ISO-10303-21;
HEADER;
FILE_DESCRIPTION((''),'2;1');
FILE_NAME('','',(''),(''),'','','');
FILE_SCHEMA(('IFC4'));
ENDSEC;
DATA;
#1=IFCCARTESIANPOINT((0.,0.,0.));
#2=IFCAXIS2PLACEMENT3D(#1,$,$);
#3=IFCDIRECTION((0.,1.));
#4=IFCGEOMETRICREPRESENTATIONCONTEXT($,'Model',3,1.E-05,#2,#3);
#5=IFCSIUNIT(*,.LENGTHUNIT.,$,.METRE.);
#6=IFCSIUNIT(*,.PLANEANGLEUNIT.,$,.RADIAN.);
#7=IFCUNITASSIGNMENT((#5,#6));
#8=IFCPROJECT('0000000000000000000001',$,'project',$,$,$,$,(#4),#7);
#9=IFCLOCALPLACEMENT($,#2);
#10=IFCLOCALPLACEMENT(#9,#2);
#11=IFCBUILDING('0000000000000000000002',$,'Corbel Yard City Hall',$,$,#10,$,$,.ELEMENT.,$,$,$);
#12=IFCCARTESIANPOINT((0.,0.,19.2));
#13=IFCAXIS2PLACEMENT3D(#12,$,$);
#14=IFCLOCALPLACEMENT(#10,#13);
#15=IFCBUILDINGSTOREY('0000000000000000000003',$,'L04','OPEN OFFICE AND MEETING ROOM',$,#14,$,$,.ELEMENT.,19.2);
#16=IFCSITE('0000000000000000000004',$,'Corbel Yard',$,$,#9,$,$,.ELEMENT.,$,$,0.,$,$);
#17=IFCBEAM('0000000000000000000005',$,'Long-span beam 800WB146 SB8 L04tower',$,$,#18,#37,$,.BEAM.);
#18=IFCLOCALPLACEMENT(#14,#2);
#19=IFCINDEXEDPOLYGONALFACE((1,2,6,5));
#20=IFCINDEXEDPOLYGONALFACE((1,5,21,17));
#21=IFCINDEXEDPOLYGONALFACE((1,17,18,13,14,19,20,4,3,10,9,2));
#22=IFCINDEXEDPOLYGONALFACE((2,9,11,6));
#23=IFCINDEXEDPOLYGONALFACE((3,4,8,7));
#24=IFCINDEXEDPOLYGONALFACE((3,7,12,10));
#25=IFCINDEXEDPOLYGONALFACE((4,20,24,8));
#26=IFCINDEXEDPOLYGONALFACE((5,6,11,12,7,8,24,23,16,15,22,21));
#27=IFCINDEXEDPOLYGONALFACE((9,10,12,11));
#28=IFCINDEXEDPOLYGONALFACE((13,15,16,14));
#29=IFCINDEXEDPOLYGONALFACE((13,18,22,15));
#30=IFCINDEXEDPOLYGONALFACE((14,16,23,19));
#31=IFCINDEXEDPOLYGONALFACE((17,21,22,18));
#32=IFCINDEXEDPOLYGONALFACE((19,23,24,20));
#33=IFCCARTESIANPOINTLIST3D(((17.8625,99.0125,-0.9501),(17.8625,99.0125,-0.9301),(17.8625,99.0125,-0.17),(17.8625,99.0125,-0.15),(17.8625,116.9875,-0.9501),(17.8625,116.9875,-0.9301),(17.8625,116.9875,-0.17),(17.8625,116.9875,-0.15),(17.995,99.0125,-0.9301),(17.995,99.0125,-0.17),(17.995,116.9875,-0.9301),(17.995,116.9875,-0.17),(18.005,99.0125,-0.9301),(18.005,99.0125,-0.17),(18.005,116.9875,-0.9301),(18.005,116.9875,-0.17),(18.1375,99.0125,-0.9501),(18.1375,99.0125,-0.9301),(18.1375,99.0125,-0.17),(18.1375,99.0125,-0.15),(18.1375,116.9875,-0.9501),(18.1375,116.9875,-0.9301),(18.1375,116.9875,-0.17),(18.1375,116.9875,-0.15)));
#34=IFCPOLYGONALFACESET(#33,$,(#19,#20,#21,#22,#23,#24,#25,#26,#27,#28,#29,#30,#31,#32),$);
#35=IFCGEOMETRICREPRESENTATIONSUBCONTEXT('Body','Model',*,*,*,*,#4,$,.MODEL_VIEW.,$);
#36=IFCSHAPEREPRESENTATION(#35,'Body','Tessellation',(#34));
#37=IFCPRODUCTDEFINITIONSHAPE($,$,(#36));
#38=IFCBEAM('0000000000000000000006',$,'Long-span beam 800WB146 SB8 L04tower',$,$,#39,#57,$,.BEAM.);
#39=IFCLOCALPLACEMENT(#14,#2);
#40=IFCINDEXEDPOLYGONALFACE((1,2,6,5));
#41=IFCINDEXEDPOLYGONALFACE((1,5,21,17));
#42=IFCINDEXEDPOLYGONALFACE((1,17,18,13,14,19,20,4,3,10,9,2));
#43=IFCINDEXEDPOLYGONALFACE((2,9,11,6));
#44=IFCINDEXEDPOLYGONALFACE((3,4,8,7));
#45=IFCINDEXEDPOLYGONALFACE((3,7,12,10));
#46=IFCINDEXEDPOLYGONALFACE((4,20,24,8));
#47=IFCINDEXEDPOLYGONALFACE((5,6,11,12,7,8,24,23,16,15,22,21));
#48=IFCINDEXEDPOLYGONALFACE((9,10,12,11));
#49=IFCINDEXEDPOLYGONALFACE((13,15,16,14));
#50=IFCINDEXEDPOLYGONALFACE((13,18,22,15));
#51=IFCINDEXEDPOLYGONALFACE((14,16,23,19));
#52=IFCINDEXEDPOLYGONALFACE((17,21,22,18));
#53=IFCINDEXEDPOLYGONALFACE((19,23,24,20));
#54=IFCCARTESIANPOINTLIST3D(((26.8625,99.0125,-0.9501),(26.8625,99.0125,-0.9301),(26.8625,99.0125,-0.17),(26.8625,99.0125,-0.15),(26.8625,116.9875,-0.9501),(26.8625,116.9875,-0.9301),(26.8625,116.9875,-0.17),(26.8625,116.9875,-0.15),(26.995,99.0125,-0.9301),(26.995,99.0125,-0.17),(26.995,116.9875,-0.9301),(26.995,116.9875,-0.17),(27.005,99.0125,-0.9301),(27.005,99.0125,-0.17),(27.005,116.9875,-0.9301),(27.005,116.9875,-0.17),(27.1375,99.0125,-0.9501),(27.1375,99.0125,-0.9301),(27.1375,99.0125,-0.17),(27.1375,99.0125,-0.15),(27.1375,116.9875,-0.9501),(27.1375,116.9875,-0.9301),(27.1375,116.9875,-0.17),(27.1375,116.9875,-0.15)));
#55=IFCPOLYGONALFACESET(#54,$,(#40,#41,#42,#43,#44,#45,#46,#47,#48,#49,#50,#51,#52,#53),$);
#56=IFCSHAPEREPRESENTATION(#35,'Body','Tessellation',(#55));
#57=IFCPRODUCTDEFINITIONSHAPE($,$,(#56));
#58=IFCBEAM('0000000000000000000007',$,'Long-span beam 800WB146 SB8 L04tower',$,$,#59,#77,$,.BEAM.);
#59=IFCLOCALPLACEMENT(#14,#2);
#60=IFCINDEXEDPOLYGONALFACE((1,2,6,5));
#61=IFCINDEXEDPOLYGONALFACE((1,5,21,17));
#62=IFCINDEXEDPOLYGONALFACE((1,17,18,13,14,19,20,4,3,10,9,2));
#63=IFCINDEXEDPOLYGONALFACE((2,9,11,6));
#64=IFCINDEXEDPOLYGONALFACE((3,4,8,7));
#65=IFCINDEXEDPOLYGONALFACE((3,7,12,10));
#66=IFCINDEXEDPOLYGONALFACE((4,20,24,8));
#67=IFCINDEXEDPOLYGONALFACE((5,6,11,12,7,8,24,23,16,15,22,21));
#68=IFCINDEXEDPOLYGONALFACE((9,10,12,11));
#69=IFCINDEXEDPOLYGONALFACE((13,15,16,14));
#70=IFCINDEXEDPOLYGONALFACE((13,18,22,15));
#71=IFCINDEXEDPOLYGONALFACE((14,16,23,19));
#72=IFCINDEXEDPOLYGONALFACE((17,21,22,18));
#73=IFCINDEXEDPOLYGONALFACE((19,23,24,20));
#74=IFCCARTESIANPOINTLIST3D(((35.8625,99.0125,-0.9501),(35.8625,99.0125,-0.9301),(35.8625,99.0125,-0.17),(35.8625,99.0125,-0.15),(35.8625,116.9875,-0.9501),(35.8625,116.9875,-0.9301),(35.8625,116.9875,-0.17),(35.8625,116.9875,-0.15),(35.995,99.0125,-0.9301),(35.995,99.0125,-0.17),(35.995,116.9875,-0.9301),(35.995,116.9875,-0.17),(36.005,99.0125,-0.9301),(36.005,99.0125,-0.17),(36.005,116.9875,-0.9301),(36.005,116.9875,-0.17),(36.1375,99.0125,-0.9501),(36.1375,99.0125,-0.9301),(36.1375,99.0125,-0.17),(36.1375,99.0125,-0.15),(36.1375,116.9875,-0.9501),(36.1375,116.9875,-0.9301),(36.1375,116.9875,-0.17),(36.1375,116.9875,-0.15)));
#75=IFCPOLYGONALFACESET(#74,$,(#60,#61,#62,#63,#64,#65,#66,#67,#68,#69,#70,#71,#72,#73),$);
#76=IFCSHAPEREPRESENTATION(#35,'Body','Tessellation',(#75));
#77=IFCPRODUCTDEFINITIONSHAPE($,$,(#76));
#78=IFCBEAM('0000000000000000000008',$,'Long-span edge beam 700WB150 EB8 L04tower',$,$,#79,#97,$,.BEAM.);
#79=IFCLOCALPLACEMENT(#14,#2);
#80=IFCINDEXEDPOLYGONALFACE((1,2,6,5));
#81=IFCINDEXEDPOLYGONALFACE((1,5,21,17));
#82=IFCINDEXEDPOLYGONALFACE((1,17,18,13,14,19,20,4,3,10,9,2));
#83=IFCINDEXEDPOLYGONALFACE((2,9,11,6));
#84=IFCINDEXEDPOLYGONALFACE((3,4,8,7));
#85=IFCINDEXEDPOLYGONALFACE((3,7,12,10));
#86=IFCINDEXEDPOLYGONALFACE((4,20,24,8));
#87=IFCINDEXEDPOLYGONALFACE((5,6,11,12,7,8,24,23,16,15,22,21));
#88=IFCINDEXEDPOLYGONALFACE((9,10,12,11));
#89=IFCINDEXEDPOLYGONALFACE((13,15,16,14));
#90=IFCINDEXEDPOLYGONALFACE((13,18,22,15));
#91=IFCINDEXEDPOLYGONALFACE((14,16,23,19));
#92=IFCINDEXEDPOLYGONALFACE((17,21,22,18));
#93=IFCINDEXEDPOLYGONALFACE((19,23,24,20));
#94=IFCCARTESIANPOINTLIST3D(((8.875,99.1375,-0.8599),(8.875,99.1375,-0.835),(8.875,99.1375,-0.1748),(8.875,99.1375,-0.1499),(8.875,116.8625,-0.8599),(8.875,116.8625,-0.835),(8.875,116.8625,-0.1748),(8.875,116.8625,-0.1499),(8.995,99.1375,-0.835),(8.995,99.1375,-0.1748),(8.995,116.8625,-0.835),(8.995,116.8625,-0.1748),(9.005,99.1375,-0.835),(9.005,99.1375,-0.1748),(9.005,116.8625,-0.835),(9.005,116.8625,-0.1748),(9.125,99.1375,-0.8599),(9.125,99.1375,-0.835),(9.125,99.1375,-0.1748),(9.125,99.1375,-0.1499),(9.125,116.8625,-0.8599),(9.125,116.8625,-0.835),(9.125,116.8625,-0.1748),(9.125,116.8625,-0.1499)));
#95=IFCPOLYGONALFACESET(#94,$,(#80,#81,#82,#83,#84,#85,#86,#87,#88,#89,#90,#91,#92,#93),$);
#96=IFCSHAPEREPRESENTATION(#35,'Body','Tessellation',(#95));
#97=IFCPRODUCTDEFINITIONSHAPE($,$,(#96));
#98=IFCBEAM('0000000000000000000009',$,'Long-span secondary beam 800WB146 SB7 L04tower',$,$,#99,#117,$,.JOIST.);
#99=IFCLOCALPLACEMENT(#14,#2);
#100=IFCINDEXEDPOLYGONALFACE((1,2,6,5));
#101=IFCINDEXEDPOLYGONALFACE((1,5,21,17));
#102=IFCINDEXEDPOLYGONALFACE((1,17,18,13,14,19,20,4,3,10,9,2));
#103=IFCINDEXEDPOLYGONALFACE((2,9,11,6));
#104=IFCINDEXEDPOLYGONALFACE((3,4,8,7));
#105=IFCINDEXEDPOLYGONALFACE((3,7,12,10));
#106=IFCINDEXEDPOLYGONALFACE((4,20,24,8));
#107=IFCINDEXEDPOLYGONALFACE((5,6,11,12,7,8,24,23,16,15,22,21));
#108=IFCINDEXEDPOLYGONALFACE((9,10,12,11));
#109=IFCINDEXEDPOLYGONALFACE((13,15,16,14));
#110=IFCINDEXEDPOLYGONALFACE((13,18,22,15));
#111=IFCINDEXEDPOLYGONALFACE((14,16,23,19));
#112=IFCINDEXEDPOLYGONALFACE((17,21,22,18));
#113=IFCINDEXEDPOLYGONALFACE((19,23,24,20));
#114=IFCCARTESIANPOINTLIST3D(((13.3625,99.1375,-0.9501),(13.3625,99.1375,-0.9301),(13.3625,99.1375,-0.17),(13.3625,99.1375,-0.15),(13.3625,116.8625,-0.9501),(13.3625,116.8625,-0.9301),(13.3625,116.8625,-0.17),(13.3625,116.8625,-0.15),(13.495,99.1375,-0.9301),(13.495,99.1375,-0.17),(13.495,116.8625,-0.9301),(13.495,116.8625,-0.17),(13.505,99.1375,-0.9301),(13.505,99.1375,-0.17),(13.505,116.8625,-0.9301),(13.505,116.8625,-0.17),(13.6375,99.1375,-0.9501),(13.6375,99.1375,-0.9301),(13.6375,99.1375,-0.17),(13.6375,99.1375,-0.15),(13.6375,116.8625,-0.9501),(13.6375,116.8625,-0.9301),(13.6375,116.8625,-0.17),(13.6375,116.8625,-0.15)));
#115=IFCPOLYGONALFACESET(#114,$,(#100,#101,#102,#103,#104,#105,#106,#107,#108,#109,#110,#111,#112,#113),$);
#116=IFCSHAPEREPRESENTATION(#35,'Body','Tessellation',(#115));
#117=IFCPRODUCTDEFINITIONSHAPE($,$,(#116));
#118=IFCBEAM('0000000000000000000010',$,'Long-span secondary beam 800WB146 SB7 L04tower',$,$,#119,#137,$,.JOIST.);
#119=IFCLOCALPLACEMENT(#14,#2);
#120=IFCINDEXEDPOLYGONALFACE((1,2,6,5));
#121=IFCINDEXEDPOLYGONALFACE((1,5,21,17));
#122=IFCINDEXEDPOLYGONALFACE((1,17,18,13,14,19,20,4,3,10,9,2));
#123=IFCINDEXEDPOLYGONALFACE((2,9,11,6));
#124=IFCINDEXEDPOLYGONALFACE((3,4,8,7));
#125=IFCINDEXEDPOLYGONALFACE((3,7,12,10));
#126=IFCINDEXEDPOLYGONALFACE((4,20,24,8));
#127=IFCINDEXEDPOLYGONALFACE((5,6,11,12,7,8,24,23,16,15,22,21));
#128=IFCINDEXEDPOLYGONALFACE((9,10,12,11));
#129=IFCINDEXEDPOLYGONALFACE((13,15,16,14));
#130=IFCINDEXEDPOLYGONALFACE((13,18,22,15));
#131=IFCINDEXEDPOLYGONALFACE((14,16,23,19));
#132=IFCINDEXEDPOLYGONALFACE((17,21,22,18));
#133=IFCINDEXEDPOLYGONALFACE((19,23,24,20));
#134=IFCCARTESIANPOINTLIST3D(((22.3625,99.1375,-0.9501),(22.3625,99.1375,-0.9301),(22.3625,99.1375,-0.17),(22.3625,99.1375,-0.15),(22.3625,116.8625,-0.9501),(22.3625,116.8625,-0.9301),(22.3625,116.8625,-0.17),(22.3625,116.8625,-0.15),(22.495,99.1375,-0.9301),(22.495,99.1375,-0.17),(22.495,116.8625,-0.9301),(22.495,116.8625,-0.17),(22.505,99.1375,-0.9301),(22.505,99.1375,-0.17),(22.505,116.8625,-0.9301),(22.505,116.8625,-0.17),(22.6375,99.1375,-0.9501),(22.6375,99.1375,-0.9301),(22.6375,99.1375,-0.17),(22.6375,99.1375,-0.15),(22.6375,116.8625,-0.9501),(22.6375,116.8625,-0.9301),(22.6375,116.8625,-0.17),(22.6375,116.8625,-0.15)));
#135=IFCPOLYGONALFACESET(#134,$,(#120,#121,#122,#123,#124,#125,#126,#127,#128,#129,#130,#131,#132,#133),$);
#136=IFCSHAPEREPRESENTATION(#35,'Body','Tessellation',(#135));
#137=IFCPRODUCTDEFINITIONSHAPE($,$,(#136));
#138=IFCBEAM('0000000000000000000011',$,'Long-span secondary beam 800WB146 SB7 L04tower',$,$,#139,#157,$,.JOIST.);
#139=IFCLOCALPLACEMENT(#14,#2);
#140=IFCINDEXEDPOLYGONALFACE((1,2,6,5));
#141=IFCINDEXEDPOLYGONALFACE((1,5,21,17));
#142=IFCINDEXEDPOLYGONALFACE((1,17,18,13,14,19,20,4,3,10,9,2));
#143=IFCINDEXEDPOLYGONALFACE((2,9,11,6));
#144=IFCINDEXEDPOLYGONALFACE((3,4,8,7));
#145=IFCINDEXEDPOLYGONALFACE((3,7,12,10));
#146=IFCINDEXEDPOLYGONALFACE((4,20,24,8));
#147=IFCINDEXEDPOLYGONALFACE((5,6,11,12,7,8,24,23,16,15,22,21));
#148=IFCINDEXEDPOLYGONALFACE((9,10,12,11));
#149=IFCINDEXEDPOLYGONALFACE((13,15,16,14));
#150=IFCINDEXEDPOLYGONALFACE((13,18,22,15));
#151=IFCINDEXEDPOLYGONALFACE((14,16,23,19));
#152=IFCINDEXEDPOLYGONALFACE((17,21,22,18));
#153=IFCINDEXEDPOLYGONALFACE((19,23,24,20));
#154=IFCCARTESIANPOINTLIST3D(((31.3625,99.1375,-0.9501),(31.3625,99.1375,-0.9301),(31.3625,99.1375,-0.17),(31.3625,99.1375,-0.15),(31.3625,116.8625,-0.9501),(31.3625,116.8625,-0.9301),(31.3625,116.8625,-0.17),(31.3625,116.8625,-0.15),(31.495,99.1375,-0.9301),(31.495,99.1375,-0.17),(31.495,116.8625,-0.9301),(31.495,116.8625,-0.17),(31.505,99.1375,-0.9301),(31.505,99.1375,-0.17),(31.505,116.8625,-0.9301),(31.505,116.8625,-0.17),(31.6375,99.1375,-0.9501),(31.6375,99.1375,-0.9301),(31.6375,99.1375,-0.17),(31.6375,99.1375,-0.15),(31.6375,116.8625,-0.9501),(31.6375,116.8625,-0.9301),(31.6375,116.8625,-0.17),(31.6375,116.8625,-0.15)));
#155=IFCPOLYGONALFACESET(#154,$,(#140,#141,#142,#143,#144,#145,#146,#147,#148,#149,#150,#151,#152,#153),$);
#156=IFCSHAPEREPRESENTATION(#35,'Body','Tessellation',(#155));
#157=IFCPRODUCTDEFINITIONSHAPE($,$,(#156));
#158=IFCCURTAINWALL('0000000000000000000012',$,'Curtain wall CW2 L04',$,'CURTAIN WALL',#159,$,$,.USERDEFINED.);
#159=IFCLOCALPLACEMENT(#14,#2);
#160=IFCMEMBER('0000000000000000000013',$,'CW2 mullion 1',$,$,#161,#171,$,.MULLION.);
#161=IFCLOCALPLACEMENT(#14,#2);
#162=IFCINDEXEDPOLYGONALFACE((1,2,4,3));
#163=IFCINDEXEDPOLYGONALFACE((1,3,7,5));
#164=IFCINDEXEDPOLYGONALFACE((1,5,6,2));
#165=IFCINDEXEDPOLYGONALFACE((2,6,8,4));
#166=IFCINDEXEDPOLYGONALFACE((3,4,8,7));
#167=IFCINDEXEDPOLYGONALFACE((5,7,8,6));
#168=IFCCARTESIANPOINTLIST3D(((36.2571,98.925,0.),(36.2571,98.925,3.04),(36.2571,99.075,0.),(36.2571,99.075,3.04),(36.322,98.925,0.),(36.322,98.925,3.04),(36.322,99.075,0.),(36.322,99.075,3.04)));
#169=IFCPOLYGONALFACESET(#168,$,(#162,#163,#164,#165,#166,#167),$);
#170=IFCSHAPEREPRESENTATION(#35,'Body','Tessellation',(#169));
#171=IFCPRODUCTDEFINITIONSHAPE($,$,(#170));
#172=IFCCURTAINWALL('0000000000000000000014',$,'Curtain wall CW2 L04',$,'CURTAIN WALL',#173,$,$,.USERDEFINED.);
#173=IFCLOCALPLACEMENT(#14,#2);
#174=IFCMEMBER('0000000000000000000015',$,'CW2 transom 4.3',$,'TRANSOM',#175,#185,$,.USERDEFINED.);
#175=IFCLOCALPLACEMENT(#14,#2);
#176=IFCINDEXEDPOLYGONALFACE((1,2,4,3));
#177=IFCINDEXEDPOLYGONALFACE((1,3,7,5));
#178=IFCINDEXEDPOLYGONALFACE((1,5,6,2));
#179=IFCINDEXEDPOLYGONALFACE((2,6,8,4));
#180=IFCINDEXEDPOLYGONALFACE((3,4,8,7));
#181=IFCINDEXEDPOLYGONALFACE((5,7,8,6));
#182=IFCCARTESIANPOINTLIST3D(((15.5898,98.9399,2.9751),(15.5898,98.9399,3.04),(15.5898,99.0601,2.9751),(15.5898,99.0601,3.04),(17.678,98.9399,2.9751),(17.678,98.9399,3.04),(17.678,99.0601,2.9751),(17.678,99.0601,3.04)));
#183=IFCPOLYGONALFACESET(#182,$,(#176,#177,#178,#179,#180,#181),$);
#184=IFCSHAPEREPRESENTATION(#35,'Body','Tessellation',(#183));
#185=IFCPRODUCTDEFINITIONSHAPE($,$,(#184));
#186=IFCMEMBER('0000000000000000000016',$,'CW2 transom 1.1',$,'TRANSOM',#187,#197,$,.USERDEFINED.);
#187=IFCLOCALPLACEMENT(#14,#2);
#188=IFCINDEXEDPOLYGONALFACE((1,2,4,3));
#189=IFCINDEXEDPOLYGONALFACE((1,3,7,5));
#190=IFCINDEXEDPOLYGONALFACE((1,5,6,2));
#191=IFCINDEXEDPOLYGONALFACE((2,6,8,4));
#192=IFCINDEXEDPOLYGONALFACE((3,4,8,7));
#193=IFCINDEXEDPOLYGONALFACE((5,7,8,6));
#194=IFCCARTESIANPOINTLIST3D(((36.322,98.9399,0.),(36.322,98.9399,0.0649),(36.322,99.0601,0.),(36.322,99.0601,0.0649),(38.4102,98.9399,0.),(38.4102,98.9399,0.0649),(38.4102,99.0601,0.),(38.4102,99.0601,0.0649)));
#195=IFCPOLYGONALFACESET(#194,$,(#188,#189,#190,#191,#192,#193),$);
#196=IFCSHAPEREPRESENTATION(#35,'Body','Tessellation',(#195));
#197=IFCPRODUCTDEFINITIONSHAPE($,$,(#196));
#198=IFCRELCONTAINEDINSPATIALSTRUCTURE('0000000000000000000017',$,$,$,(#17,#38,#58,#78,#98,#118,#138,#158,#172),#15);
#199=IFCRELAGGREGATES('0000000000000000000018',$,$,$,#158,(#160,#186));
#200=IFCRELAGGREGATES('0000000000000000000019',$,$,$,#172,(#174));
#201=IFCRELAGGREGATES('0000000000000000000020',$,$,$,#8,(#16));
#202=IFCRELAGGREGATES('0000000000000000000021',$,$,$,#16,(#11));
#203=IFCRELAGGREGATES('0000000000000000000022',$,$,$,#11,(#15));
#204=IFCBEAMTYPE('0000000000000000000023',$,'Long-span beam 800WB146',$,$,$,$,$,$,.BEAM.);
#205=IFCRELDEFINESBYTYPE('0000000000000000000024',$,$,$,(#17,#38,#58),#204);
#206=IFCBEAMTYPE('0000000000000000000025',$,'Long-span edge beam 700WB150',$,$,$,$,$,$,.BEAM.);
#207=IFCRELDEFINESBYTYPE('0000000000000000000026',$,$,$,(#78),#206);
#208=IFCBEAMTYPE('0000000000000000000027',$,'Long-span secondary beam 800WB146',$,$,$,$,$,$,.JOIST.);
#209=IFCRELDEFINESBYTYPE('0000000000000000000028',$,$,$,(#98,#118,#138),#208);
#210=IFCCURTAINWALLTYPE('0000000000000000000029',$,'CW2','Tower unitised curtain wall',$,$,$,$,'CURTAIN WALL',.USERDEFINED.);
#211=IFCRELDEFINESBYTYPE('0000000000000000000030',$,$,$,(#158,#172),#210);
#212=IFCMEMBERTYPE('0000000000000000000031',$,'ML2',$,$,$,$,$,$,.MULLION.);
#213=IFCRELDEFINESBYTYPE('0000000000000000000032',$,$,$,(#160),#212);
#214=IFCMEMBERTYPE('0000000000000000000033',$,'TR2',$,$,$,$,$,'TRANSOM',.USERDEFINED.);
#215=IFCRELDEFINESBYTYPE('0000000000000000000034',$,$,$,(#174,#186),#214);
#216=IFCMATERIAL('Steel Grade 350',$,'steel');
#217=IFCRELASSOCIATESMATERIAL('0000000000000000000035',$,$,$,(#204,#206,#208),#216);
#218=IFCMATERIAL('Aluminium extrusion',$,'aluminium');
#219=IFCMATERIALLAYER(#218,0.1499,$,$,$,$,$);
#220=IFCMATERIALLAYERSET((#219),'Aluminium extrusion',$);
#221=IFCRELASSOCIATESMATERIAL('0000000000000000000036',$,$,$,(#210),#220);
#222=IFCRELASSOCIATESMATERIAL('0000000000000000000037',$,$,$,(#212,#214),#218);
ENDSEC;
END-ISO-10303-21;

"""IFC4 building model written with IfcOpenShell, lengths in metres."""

from ifc_helpers import new_model, si_unit, direction, frame, origin, origin_2d, place, context, subcontext, project, spatial, rectangle, i_section, extrude, material, layer, layer_set, material_profile, profile_set, type_object, element, aggregate, save


model = new_model("IFC4")

# Units and contexts
model_context = context("Model", 3, precision=1e-05, world=origin(), true_north=direction((0.0, 1.0)))
body_context = subcontext(model_context, "Body", "Model", "MODEL_VIEW")
ifc_project = project(units=[si_unit("LENGTHUNIT", "METRE"), si_unit("PLANEANGLEUNIT", "RADIAN")], contexts=[model_context])

# Site, building, storey
site_placement = place(None, origin())
site = spatial("IfcSite", under=ifc_project, at=site_placement, Name="Corbel Yard", CompositionType="ELEMENT", RefElevation=0.0)
building_placement = place(site_placement, origin())
building = spatial("IfcBuilding", under=site, at=building_placement, Name="Corbel Yard City Hall", CompositionType="ELEMENT")
storey_placement = place(building_placement, frame((0.0, 0.0, 19.2)))
storey = spatial("IfcBuildingStorey", under=building, at=storey_placement, Name="L04", Description="OPEN OFFICE AND MEETING ROOM", CompositionType="ELEMENT", Elevation=19.2)

# Beams
ifc_material_1 = material(Name="Steel Grade 350", Category="steel")
ifc_material_profile_1 = material_profile(ifc_material_1, i_section(OverallWidth=0.2749, OverallDepth=0.8, WebThickness=0.01, FlangeThickness=0.02, at=origin_2d()), Name="800WB146")
ifc_profile_set_1 = profile_set([ifc_material_profile_1], Name="Steel Grade 350")
beam_type_1 = type_object("IfcBeamType", Name="Long-span beam 800WB146", PredefinedType="BEAM", material=ifc_profile_set_1)
for number, where, z_axis, x_axis, name in (
    (1, (18.0, 99.0125, -0.55), (0.0, 1.0, 0.0), (-1.0, 0.0, 0.0), "Long-span beam 800WB146 SB8 L04tower"),
    (2, (27.0, 99.0125, -0.55), (0.0, 1.0, 0.0), (-1.0, 0.0, 0.0), "Long-span beam 800WB146 SB8 L04tower"),
    (3, (36.0, 99.0125, -0.55), (0.0, 1.0, 0.0), (-1.0, 0.0, 0.0), "Long-span beam 800WB146 SB8 L04tower"),
):
    element("IfcBeam", number, at=place(storey_placement, frame(where, z_axis=z_axis, x_axis=x_axis)), inside=storey, type_object=beam_type_1, Name=name, PredefinedType="BEAM", context=body_context, shape_type="SweptSolid", body=[
        extrude(i_section(OverallWidth=0.2749, OverallDepth=0.8, WebThickness=0.01, FlangeThickness=0.02, at=origin_2d()), origin(), (0.0, 0.0, 1.0), 17.9751),
    ])
ifc_material_profile_2 = material_profile(ifc_material_1, i_section(OverallWidth=0.25, OverallDepth=0.71, WebThickness=0.01, FlangeThickness=0.0249, at=origin_2d()), Name="700WB150")
ifc_profile_set_2 = profile_set([ifc_material_profile_2], Name="Steel Grade 350")
beam_type_2 = type_object("IfcBeamType", Name="Long-span edge beam 700WB150", PredefinedType="BEAM", material=ifc_profile_set_2)
beam_placement = place(storey_placement, frame((9.0, 99.1375, -0.5049), z_axis=(0.0, 1.0, 0.0), x_axis=(-1.0, 0.0, 0.0)))
element("IfcBeam", 4, at=beam_placement, inside=storey, type_object=beam_type_2, Name="Long-span edge beam 700WB150 EB8 L04tower", PredefinedType="BEAM", context=body_context, shape_type="SweptSolid", body=[
    extrude(i_section(OverallWidth=0.25, OverallDepth=0.71, WebThickness=0.01, FlangeThickness=0.0249, at=origin_2d()), origin(), (0.0, 0.0, 1.0), 17.7251),
])
ifc_material_profile_3 = material_profile(ifc_material_1, i_section(OverallWidth=0.2749, OverallDepth=0.8, WebThickness=0.01, FlangeThickness=0.02, at=origin_2d()), Name="800WB146")
ifc_profile_set_3 = profile_set([ifc_material_profile_3], Name="Steel Grade 350")
beam_type_3 = type_object("IfcBeamType", Name="Long-span secondary beam 800WB146", PredefinedType="JOIST", material=ifc_profile_set_3)
for number, where, z_axis, x_axis, name in (
    (5, (13.5, 99.1375, -0.55), (0.0, 1.0, 0.0), (-1.0, 0.0, 0.0), "Long-span secondary beam 800WB146 SB7 L04tower"),
    (6, (22.5, 99.1375, -0.55), (0.0, 1.0, 0.0), (-1.0, 0.0, 0.0), "Long-span secondary beam 800WB146 SB7 L04tower"),
    (7, (31.5, 99.1375, -0.55), (0.0, 1.0, 0.0), (-1.0, 0.0, 0.0), "Long-span secondary beam 800WB146 SB7 L04tower"),
):
    element("IfcBeam", number, at=place(storey_placement, frame(where, z_axis=z_axis, x_axis=x_axis)), inside=storey, type_object=beam_type_3, Name=name, PredefinedType="JOIST", context=body_context, shape_type="SweptSolid", body=[
        extrude(i_section(OverallWidth=0.2749, OverallDepth=0.8, WebThickness=0.01, FlangeThickness=0.02, at=origin_2d()), origin(), (0.0, 0.0, 1.0), 17.7251),
    ])

# Curtain walls, members
ifc_material_2 = material(Name="Aluminium extrusion", Category="aluminium")
ifc_layer_1 = layer(ifc_material_2, 0.1499)
ifc_layer_set_1 = layer_set([ifc_layer_1], Name="Aluminium extrusion")
curtain_wall_type = type_object("IfcCurtainWallType", Name="CW2", Description="Tower unitised curtain wall", ElementType="CURTAIN WALL", PredefinedType="USERDEFINED", material=ifc_layer_set_1)
curtain_wall_1_placement = place(storey_placement, origin())
curtain_wall_1 = element("IfcCurtainWall", 8, at=curtain_wall_1_placement, inside=storey, type_object=curtain_wall_type, Name="Curtain wall CW2 L04", ObjectType="CURTAIN WALL", PredefinedType="USERDEFINED")
ifc_material_profile_4 = material_profile(ifc_material_2, rectangle(XDim=0.1499, YDim=0.0649, at=origin_2d()), Name="150x65")
ifc_profile_set_4 = profile_set([ifc_material_profile_4], Name="Aluminium extrusion")
member_type_1 = type_object("IfcMemberType", Name="ML2", PredefinedType="MULLION", material=ifc_profile_set_4)
member_1_placement = place(storey_placement, frame((36.2896, 99.0, 0.0), z_axis=(0.0, 0.0, 1.0), x_axis=(0.0, 1.0, 0.0)))
member_1 = element("IfcMember", 9, at=member_1_placement, type_object=member_type_1, Name="CW2 mullion 1", PredefinedType="MULLION", context=body_context, shape_type="SweptSolid", body=[
    extrude(rectangle(XDim=0.1499, YDim=0.0649, at=origin_2d()), origin(), (0.0, 0.0, 1.0), 3.04),
])
curtain_wall_2_placement = place(storey_placement, origin())
curtain_wall_2 = element("IfcCurtainWall", 10, at=curtain_wall_2_placement, inside=storey, type_object=curtain_wall_type, Name="Curtain wall CW2 L04", ObjectType="CURTAIN WALL", PredefinedType="USERDEFINED")
ifc_material_profile_5 = material_profile(ifc_material_2, rectangle(XDim=0.1201, YDim=0.0649, at=origin_2d()), Name="120x65")
ifc_profile_set_5 = profile_set([ifc_material_profile_5], Name="Aluminium extrusion")
member_type_2 = type_object("IfcMemberType", Name="TR2", ElementType="TRANSOM", PredefinedType="USERDEFINED", material=ifc_profile_set_5)
member_2_placement = place(storey_placement, frame((15.5898, 99.0, 3.0076), z_axis=(1.0, 0.0, 0.0), x_axis=(0.0, 1.0, 0.0)))
member_2 = element("IfcMember", 11, at=member_2_placement, type_object=member_type_2, Name="CW2 transom 4.3", ObjectType="TRANSOM", PredefinedType="USERDEFINED", context=body_context, shape_type="SweptSolid", body=[
    extrude(rectangle(XDim=0.1201, YDim=0.0649, at=origin_2d()), origin(), (0.0, 0.0, 1.0), 2.0881),
])

# Member
member_3_placement = place(storey_placement, frame((36.322, 99.0, 0.0325), z_axis=(1.0, 0.0, 0.0), x_axis=(0.0, 1.0, 0.0)))
member_3 = element("IfcMember", 12, at=member_3_placement, type_object=member_type_2, Name="CW2 transom 1.1", ObjectType="TRANSOM", PredefinedType="USERDEFINED", context=body_context, shape_type="SweptSolid", body=[
    extrude(rectangle(XDim=0.1201, YDim=0.0649, at=origin_2d()), origin(), (0.0, 0.0, 1.0), 2.0881),
])
aggregate(curtain_wall_1, [member_1, member_3])

aggregate(curtain_wall_2, [member_2])

save(model, "model.ifc")
